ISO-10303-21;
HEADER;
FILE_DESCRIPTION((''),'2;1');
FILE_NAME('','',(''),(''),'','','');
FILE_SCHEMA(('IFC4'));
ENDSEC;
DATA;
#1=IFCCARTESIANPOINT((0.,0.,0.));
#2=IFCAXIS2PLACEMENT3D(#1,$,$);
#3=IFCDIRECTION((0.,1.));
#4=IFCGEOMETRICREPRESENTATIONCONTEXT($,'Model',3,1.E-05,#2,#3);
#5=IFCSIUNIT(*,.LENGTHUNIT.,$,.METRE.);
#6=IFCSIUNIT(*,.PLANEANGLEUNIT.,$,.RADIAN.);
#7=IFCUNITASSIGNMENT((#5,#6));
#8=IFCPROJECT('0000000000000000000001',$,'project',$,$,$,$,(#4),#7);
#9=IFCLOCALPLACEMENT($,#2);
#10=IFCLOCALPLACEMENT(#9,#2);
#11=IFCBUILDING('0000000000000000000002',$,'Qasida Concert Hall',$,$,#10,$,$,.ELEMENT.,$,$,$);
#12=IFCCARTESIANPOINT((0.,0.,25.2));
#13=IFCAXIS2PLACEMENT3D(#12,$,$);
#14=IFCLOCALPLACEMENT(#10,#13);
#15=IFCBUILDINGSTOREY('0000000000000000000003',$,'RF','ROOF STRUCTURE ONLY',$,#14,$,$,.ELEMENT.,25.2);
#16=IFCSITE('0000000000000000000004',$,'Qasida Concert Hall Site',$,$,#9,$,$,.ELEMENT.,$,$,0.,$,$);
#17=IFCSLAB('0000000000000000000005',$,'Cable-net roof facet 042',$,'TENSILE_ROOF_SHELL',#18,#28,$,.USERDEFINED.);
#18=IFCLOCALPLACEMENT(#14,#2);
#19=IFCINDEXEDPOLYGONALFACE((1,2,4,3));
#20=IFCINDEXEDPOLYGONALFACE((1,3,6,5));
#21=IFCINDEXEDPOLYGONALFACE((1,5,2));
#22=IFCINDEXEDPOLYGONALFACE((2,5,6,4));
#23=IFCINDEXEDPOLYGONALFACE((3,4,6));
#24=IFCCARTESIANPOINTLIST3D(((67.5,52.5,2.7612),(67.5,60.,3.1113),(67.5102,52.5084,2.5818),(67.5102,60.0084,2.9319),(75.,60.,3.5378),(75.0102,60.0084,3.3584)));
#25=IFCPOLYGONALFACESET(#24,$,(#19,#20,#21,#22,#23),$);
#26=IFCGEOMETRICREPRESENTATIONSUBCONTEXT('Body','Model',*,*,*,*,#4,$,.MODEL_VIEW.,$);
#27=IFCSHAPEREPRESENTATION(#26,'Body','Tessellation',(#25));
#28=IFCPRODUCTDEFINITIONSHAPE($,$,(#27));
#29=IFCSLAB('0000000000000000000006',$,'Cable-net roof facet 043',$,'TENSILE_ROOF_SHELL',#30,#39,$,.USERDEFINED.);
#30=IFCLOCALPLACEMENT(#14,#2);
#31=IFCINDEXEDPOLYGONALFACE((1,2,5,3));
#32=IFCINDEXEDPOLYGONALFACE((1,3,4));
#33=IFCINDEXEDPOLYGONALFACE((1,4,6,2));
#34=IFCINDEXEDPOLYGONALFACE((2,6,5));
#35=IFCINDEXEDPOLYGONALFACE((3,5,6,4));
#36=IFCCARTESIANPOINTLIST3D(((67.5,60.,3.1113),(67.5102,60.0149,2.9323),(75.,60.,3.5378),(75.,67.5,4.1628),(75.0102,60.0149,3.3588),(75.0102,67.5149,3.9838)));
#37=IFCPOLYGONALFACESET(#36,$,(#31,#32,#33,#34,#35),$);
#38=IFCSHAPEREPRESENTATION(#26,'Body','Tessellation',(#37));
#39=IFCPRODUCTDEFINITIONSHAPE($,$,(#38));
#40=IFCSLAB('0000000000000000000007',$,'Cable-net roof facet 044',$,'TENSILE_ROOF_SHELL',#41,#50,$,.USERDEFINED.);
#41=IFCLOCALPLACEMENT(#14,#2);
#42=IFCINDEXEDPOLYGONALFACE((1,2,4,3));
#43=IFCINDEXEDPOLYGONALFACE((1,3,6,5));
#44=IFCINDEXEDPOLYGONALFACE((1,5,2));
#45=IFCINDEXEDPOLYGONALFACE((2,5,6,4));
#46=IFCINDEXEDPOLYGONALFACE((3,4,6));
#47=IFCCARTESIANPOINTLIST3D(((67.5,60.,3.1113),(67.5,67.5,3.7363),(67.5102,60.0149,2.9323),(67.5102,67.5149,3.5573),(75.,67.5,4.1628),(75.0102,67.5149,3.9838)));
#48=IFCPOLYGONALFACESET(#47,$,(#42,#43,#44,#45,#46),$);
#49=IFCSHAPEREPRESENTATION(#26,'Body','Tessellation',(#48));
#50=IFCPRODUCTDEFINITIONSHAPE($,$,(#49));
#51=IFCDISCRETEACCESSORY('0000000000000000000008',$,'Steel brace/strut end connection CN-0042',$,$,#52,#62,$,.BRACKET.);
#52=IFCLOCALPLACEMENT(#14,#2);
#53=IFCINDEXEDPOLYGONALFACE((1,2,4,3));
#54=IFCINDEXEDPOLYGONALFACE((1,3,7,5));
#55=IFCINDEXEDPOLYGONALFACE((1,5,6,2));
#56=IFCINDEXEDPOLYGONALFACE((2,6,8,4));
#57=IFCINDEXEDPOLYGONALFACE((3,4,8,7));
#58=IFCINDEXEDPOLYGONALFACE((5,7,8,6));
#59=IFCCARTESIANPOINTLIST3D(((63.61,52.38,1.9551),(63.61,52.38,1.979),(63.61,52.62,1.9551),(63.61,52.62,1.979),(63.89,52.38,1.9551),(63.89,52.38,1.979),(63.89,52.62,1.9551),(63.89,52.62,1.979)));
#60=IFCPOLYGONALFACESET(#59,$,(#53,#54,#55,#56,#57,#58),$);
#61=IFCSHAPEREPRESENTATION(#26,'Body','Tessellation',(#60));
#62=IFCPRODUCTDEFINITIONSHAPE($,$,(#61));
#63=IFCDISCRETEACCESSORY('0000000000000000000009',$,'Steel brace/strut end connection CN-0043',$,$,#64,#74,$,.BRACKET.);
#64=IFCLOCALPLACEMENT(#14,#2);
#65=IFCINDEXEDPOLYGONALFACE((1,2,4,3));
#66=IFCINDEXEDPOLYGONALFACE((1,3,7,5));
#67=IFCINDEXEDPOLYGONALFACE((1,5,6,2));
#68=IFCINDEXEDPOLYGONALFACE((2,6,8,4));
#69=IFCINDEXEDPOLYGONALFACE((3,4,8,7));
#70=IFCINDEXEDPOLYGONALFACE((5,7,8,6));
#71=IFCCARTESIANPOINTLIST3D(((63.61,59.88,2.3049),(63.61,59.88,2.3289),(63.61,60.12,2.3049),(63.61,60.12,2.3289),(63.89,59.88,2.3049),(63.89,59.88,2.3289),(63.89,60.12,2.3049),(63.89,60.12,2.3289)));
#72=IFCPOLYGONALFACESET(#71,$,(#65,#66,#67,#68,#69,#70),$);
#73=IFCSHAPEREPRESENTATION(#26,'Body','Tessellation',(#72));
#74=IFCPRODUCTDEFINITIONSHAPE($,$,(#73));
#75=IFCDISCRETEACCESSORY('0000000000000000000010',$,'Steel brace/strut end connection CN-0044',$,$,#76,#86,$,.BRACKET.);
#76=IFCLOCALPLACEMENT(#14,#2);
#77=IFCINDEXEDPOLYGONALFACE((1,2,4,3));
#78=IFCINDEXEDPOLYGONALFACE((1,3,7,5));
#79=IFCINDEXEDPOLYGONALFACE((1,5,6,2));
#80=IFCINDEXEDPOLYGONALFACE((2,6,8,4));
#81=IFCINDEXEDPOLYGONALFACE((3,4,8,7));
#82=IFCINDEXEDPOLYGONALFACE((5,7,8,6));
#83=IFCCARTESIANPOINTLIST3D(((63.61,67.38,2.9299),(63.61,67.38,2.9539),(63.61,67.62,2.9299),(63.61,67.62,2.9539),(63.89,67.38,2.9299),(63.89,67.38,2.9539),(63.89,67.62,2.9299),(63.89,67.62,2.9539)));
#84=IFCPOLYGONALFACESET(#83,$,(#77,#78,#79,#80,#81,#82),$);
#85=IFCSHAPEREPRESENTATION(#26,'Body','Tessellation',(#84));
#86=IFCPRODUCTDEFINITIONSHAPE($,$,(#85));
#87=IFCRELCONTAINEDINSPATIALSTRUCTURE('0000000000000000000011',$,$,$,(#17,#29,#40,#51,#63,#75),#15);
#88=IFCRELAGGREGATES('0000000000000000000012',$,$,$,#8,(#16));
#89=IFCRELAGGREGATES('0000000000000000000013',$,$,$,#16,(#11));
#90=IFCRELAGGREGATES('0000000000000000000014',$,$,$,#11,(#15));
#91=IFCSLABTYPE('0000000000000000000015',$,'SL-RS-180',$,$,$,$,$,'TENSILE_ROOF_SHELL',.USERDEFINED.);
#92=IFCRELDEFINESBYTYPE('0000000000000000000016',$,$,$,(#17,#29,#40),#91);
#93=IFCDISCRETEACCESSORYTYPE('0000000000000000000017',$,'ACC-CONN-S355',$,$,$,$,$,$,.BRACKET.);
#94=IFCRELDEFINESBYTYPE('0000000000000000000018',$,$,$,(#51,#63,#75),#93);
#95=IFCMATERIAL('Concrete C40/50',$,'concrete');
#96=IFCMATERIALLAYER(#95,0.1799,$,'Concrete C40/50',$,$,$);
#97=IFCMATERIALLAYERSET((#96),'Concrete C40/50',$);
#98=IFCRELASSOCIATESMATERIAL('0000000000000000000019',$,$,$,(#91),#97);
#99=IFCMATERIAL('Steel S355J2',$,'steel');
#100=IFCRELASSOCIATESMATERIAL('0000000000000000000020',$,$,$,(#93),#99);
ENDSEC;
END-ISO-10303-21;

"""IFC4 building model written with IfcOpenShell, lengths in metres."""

from ifc_helpers import new_model, si_unit, direction, frame, origin, origin_2d, place, context, subcontext, project, spatial, polyline, rectangle, outline, extrude, material, layer, layer_set, type_object, element, save


model = new_model("IFC4")

# Units and contexts
model_context = context("Model", 3, precision=1e-05, world=origin(), true_north=direction((0.0, 1.0)))
body_context = subcontext(model_context, "Body", "Model", "MODEL_VIEW")
ifc_project = project(units=[si_unit("LENGTHUNIT", "METRE"), si_unit("PLANEANGLEUNIT", "RADIAN")], contexts=[model_context])

# Site, building, storey
site_placement = place(None, origin())
site = spatial("IfcSite", under=ifc_project, at=site_placement, Name="Qasida Concert Hall Site", CompositionType="ELEMENT", RefElevation=0.0)
building_placement = place(site_placement, origin())
building = spatial("IfcBuilding", under=site, at=building_placement, Name="Qasida Concert Hall", CompositionType="ELEMENT")
storey_placement = place(building_placement, frame((0.0, 0.0, 25.2)))
storey = spatial("IfcBuildingStorey", under=building, at=storey_placement, Name="RF", Description="ROOF STRUCTURE ONLY", CompositionType="ELEMENT", Elevation=25.2)

# Shared definitions
ifc_material_1 = material(Name="Steel S355J2", Category="steel")

# Slabs
ifc_material_2 = material(Name="Concrete C40/50", Category="concrete")
ifc_layer_1 = layer(ifc_material_2, 0.1799, Name="Concrete C40/50")
ifc_layer_set_1 = layer_set([ifc_layer_1], Name="Concrete C40/50")
slab_type = type_object("IfcSlabType", Name="SL-RS-180", ElementType="TENSILE_ROOF_SHELL", PredefinedType="USERDEFINED", material=ifc_layer_set_1)
slab_1_placement = place(storey_placement, frame((67.5, 52.5, 2.7612), z_axis=(-0.056715, -0.046554, 0.997304), x_axis=(0.705219, 0.705219, 0.073024)))
element("IfcSlab", 1, at=slab_1_placement, inside=storey, type_object=slab_type, Name="Cable-net roof facet 042", ObjectType="TENSILE_ROOF_SHELL", PredefinedType="USERDEFINED", context=body_context, shape_type="SweptSolid", body=[
    extrude(outline(polyline([(0.0, 0.0), (10.635, 0.0), (5.3147, 5.3034), (0.0, 0.0)])), origin(), (0.0, 0.0, -1.0), 0.1799),
])
slab_2_placement = place(storey_placement, frame((67.5, 60.0, 3.1113), z_axis=(-0.056581, -0.082912, 0.994949), x_axis=(0.998387, 0.0, 0.056777)))
element("IfcSlab", 2, at=slab_2_placement, inside=storey, type_object=slab_type, Name="Cable-net roof facet 043", ObjectType="TENSILE_ROOF_SHELL", PredefinedType="USERDEFINED", context=body_context, shape_type="SweptSolid", body=[
    extrude(outline(polyline([(0.0, 0.0), (7.5121, 0.0), (7.5476, 7.5259), (0.0, 0.0)])), origin(), (0.0, 0.0, -1.0), 0.1799),
])
slab_3_placement = place(storey_placement, frame((67.5, 60.0, 3.1113), z_axis=(-0.056581, -0.082912, 0.994949), x_axis=(0.703657, 0.703657, 0.098654)))
element("IfcSlab", 3, at=slab_3_placement, inside=storey, type_object=slab_type, Name="Cable-net roof facet 044", ObjectType="TENSILE_ROOF_SHELL", PredefinedType="USERDEFINED", context=body_context, shape_type="SweptSolid", body=[
    extrude(outline(polyline([(0.0, 0.0), (10.6586, 0.0), (5.3391, 5.3042), (0.0, 0.0)])), origin(), (0.0, 0.0, -1.0), 0.1799),
])

# Discrete accessories
discrete_accessory_type = type_object("IfcDiscreteAccessoryType", Name="ACC-CONN-S355", PredefinedType="BRACKET", material=ifc_material_1)
for number, where, z_axis, x_axis, name in (
    (4, (63.75, 52.5, 1.9551), (0.0, 0.0, 1.0), (1.0, 0.0, 0.0), "Steel brace/strut end connection CN-0042"),
    (5, (63.75, 60.0, 2.3049), (0.0, 0.0, 1.0), (1.0, 0.0, 0.0), "Steel brace/strut end connection CN-0043"),
    (6, (63.75, 67.5, 2.9299), (0.0, 0.0, 1.0), (1.0, 0.0, 0.0), "Steel brace/strut end connection CN-0044"),
):
    element("IfcDiscreteAccessory", number, at=place(storey_placement, frame(where, z_axis=z_axis, x_axis=x_axis)), inside=storey, type_object=discrete_accessory_type, Name=name, PredefinedType="BRACKET", context=body_context, shape_type="SweptSolid", body=[
        extrude(rectangle(XDim=0.28, YDim=0.24, at=origin_2d()), origin(), (0.0, 0.0, 1.0), 0.0239),
    ])

save(model, "model.ifc")
